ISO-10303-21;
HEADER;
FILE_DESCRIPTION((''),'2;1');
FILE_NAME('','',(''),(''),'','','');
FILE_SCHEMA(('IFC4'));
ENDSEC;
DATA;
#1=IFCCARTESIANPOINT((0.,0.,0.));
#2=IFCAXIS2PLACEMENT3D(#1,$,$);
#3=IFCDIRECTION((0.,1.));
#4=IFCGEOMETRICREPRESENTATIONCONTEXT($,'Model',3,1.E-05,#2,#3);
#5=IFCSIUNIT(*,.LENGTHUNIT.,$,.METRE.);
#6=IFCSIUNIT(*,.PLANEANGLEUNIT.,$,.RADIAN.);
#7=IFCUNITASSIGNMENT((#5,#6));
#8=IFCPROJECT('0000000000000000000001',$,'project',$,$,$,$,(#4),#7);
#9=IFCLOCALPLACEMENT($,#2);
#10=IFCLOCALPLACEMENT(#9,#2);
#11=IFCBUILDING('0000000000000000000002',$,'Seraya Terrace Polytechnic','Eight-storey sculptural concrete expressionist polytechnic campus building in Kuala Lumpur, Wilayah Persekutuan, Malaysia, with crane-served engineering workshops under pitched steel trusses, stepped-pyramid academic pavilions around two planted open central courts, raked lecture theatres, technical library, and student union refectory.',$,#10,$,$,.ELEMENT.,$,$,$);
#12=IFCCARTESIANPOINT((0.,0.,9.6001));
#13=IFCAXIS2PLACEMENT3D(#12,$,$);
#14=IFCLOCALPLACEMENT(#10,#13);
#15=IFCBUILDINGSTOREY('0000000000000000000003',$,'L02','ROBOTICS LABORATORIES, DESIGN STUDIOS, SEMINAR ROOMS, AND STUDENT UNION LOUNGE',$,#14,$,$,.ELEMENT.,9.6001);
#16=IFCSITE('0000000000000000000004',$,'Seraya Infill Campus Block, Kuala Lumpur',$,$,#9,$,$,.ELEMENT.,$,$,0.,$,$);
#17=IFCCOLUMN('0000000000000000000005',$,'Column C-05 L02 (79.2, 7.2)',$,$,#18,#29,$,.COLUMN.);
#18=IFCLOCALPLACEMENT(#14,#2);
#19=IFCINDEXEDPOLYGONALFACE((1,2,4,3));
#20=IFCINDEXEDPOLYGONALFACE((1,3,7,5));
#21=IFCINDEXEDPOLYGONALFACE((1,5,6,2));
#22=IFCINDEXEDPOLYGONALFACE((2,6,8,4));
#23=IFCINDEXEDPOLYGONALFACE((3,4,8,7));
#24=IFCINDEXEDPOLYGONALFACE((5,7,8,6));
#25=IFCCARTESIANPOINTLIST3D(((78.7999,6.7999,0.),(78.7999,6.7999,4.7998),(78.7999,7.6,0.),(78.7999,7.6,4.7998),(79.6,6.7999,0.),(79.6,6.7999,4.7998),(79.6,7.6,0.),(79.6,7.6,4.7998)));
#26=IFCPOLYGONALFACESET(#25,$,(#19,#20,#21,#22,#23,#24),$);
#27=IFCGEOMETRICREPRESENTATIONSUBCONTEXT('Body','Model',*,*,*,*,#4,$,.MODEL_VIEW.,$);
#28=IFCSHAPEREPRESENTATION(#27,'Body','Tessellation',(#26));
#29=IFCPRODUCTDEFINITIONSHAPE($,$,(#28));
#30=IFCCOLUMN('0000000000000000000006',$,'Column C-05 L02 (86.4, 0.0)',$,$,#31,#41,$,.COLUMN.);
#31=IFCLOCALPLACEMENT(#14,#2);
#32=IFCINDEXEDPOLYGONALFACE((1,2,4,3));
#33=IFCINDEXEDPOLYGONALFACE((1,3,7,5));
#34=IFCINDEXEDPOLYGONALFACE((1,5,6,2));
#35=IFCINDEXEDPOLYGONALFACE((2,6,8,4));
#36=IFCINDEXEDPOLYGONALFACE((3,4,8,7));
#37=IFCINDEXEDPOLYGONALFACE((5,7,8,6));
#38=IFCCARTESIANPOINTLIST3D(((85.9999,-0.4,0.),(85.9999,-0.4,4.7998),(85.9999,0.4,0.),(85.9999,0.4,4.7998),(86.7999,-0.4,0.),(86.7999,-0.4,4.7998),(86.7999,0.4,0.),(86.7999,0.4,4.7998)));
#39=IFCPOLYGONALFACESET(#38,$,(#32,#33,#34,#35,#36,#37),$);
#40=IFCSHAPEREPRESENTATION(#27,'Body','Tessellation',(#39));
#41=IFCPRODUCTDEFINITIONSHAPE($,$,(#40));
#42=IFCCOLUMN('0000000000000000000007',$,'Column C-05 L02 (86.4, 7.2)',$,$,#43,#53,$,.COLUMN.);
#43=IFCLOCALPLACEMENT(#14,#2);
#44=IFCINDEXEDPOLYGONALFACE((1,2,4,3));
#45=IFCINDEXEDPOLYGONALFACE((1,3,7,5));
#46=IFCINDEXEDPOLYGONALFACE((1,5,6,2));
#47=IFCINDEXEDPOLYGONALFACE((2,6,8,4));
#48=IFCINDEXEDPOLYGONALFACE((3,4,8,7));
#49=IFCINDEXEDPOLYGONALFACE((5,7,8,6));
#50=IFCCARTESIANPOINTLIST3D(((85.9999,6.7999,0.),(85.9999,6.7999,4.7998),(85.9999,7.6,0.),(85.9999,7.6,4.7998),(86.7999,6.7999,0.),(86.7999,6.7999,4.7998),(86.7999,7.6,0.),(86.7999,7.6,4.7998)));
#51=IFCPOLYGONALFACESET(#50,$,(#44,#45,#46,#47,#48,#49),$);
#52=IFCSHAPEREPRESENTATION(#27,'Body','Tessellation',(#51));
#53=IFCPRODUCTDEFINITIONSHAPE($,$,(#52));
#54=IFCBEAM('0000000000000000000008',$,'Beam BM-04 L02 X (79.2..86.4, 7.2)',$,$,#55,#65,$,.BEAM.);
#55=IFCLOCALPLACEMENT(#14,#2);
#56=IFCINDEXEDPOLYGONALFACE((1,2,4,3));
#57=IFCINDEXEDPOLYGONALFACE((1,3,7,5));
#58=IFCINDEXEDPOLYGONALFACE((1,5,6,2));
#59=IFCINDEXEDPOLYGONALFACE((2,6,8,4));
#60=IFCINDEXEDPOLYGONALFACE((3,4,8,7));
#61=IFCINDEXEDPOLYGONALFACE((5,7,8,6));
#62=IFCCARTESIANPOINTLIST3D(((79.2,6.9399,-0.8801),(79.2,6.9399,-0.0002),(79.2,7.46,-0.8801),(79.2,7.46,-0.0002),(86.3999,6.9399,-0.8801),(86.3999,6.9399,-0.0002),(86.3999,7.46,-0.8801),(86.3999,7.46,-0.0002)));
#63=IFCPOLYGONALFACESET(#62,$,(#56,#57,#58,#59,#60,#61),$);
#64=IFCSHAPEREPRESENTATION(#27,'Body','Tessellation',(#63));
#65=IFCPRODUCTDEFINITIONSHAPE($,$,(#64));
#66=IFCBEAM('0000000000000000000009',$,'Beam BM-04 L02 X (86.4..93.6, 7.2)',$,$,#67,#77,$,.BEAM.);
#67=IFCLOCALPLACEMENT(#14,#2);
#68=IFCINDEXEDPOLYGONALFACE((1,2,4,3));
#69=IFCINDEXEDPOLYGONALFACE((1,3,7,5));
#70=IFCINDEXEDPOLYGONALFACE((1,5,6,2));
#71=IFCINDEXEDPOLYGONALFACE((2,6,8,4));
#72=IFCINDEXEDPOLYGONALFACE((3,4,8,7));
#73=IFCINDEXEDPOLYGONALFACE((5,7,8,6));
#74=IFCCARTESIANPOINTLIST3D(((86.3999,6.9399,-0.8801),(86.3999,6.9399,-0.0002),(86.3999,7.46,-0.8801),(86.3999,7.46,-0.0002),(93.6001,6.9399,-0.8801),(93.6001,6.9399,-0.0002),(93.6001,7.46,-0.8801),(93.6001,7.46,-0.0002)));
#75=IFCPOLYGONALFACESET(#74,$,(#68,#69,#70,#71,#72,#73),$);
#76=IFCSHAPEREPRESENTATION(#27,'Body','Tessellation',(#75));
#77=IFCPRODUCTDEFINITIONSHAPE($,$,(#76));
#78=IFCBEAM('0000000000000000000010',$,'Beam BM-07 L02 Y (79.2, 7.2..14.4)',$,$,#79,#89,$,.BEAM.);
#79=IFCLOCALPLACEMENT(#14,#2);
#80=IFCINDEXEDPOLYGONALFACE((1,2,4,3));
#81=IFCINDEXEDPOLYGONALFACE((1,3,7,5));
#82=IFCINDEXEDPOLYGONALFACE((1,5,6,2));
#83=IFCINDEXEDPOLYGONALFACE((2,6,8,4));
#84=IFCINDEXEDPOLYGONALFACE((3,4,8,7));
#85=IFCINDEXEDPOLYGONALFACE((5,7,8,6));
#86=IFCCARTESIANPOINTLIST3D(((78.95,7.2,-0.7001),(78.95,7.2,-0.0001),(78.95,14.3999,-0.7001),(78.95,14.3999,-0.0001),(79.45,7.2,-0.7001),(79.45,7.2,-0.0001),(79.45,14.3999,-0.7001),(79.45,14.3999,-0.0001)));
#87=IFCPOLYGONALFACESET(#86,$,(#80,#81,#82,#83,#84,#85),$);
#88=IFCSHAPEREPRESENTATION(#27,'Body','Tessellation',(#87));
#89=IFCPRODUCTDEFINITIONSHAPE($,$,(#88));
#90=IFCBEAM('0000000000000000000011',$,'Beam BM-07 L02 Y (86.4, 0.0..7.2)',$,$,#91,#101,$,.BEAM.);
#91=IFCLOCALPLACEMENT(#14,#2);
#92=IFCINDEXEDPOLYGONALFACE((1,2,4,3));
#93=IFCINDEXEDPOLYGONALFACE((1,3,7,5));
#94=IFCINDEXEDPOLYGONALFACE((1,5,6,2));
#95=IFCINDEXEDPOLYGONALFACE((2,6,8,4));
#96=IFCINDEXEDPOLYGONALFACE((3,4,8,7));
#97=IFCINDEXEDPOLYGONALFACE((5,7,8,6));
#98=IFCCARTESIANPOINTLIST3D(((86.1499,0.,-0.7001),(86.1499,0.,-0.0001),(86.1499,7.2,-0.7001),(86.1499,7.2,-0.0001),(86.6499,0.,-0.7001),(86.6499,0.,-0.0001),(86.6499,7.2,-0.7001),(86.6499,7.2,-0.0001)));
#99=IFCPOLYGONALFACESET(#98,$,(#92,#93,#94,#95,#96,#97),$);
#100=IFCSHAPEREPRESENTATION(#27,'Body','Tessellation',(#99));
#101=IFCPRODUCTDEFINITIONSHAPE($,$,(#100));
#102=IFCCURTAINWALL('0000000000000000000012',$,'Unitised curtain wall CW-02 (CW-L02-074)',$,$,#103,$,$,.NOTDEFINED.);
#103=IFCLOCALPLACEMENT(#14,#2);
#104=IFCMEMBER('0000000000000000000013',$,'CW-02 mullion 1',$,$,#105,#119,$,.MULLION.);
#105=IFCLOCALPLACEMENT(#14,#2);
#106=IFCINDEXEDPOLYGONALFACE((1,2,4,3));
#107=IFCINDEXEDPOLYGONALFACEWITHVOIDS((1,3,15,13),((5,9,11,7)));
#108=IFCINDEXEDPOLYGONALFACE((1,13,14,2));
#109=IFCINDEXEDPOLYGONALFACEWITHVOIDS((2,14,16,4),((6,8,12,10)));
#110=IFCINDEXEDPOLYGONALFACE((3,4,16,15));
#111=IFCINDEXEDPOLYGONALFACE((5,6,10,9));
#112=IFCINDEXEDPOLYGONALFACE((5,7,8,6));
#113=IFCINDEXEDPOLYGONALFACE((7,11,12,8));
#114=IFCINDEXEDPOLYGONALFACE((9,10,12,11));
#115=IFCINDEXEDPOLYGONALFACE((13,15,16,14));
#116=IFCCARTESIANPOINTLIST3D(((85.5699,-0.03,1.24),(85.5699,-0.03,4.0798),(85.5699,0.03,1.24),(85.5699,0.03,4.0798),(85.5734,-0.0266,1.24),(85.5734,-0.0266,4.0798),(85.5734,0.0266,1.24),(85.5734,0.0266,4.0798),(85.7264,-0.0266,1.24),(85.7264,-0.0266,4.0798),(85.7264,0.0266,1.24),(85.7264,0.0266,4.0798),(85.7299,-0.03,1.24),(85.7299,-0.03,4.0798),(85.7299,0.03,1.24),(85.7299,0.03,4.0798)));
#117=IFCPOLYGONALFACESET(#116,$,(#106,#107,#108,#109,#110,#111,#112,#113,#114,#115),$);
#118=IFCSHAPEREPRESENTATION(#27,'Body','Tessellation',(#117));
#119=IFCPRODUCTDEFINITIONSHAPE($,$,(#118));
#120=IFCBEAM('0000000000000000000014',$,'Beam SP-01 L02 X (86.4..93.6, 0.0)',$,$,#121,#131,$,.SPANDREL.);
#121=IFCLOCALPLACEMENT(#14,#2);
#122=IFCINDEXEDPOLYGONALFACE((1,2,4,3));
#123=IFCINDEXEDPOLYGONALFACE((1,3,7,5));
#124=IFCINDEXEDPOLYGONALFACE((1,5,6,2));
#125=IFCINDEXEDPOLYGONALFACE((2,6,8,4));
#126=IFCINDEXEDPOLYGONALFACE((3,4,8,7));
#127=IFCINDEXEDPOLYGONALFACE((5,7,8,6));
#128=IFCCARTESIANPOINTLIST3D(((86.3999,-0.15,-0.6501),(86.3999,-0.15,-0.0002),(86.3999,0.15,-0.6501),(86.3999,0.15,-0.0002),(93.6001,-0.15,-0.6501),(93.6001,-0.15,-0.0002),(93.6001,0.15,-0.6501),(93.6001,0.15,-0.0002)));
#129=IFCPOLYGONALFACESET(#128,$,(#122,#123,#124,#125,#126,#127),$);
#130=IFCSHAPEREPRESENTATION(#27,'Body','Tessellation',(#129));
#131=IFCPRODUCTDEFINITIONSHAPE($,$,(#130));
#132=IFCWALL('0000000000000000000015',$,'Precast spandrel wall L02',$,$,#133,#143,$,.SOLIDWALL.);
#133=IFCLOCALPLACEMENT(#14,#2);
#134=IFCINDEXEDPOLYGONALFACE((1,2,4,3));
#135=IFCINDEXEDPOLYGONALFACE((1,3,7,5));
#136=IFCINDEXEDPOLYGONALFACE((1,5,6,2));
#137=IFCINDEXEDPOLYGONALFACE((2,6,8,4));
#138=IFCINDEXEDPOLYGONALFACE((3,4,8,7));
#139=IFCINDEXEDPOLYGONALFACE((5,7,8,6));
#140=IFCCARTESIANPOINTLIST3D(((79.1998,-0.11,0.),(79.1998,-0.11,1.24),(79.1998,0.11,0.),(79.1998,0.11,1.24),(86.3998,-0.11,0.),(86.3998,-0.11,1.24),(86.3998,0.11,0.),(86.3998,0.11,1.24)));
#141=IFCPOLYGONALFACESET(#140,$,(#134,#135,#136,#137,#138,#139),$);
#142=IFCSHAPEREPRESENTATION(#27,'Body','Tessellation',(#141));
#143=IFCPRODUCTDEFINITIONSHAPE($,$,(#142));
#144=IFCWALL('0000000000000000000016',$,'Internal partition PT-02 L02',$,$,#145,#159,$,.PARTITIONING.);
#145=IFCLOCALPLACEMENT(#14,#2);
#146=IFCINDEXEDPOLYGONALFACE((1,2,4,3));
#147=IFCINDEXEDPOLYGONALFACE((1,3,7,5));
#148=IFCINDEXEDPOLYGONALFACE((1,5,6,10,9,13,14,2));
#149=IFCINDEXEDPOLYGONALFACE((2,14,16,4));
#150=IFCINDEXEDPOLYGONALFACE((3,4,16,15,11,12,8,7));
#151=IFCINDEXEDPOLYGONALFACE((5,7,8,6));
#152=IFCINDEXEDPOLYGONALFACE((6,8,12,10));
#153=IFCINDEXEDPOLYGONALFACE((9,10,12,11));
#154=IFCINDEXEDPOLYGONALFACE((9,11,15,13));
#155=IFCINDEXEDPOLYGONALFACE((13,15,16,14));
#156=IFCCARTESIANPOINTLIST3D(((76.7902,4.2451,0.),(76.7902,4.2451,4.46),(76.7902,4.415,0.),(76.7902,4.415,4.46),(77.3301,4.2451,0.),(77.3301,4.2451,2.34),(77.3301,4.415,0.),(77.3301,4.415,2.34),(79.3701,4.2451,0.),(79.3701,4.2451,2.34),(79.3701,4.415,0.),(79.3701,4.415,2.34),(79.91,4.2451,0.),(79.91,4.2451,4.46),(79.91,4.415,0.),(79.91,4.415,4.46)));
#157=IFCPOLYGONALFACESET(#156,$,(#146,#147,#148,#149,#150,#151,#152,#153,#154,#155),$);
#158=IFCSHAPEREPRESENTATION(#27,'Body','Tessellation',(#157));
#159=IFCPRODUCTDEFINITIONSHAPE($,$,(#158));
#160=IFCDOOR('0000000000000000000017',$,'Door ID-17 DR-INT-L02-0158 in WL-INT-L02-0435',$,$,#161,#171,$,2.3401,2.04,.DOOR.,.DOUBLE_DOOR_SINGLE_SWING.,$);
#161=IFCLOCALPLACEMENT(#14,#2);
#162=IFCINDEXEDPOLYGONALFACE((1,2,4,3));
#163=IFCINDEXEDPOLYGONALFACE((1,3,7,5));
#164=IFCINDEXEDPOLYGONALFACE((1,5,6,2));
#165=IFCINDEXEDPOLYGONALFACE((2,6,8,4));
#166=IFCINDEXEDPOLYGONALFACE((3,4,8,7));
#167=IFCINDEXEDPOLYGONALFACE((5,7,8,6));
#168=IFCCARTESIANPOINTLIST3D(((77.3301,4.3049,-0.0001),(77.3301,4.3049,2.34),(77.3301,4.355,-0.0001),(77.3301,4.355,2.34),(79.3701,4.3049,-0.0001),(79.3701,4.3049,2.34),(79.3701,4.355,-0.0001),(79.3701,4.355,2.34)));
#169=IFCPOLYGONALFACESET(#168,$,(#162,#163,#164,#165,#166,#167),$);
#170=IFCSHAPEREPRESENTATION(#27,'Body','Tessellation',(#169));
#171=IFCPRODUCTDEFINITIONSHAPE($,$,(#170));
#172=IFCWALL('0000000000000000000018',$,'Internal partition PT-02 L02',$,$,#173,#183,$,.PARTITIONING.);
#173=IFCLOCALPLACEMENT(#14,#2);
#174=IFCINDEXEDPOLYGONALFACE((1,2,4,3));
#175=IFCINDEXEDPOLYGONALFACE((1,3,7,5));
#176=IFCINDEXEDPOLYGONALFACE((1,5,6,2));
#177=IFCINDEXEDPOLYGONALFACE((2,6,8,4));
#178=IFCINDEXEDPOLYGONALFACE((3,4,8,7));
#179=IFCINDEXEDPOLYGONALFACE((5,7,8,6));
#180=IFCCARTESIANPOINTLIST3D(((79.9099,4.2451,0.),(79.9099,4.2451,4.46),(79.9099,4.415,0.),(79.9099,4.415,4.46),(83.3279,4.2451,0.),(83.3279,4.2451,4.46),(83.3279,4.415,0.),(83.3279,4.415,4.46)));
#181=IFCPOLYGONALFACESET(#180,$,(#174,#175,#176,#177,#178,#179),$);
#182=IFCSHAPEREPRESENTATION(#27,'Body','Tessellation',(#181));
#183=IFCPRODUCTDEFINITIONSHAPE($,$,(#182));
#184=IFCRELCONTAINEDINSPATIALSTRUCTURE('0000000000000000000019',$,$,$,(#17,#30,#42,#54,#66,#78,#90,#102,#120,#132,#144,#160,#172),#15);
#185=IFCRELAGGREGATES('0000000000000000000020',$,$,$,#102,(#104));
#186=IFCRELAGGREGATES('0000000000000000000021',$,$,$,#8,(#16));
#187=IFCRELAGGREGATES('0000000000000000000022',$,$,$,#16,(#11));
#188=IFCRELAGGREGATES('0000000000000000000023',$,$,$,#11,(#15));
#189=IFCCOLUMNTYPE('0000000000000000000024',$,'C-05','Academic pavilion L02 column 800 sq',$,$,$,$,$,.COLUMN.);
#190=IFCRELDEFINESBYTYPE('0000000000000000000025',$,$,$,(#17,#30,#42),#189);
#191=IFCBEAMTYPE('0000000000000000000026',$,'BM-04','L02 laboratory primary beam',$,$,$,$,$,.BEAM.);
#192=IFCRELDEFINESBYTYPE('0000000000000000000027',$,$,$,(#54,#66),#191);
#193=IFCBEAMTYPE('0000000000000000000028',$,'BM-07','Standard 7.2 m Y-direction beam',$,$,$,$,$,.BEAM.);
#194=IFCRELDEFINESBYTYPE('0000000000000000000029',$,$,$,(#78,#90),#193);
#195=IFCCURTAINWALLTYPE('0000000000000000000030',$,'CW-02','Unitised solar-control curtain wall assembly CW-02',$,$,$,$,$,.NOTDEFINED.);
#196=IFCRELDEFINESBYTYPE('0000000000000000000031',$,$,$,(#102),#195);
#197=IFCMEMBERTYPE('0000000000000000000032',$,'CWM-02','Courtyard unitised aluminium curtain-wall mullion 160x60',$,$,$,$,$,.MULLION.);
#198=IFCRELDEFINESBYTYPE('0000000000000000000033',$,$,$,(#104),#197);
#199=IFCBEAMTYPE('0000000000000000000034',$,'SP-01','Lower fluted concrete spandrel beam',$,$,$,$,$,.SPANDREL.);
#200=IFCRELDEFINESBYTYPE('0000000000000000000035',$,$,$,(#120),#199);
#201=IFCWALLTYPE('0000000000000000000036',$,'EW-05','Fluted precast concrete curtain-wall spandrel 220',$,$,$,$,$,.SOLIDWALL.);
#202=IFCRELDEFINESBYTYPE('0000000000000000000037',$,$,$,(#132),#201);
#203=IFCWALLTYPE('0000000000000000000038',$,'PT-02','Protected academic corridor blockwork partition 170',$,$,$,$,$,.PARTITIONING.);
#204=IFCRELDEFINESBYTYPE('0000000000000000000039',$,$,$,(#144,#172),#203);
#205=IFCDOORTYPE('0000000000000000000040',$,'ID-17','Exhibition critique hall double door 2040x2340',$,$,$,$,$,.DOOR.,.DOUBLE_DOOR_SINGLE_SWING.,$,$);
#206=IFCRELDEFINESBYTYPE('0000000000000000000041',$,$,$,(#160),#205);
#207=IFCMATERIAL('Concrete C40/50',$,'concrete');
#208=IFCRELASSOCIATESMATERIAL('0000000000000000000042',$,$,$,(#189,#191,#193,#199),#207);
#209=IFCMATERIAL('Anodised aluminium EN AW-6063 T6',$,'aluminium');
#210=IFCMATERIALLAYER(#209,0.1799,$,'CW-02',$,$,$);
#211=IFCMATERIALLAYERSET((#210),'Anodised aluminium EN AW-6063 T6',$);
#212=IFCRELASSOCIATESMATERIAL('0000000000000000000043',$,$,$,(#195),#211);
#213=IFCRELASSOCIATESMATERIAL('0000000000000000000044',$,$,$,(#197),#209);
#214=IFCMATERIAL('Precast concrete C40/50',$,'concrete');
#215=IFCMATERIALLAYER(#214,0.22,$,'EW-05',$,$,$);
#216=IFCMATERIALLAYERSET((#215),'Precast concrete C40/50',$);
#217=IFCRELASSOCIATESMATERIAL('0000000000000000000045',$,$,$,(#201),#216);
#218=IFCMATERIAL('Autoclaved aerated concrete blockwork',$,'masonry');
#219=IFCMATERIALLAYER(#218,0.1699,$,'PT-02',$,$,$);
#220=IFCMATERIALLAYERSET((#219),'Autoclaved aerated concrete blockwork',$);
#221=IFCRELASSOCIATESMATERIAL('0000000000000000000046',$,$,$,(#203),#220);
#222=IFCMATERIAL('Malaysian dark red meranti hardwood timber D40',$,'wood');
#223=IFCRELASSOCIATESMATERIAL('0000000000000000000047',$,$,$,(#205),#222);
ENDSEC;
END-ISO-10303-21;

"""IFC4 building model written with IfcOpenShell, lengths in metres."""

from ifc_helpers import new_model, si_unit, direction, frame, frame_2d, origin, origin_2d, place, context, subcontext, project, spatial, rectangle, hollow_rectangle, extrude, material, layer, layer_set, material_profile, profile_set, type_object, element, fill, aggregate, save


model = new_model("IFC4")

# Units and contexts
model_context = context("Model", 3, precision=1e-05, world=origin(), true_north=direction((0.0, 1.0)))
body_context = subcontext(model_context, "Body", "Model", "MODEL_VIEW")
ifc_project = project(units=[si_unit("LENGTHUNIT", "METRE"), si_unit("PLANEANGLEUNIT", "RADIAN")], contexts=[model_context])

# Site, building, storey
site_placement = place(None, origin())
site = spatial("IfcSite", under=ifc_project, at=site_placement, Name="Seraya Infill Campus Block, Kuala Lumpur", CompositionType="ELEMENT", RefElevation=0.0)
building_placement = place(site_placement, origin())
building = spatial("IfcBuilding", under=site, at=building_placement, Name="Seraya Terrace Polytechnic", Description="Eight-storey sculptural concrete expressionist polytechnic campus building in Kuala Lumpur, Wilayah Persekutuan, Malaysia, with crane-served engineering workshops under pitched steel trusses, stepped-pyramid academic pavilions around two planted open central courts, raked lecture theatres, technical library, and student union refectory.", CompositionType="ELEMENT")
storey_placement = place(building_placement, frame((0.0, 0.0, 9.6001)))
storey = spatial("IfcBuildingStorey", under=building, at=storey_placement, Name="L02", Description="ROBOTICS LABORATORIES, DESIGN STUDIOS, SEMINAR ROOMS, AND STUDENT UNION LOUNGE", CompositionType="ELEMENT", Elevation=9.6001)

# Columns
ifc_material_1 = material(Name="Concrete C40/50", Category="concrete")
ifc_material_profile_1 = material_profile(ifc_material_1, rectangle(XDim=0.8, YDim=0.8, at=origin_2d()), Name="RC 800x800")
ifc_profile_set_1 = profile_set([ifc_material_profile_1], Name="Concrete C40/50")
column_type = type_object("IfcColumnType", Name="C-05", Description="Academic pavilion L02 column 800 sq", PredefinedType="COLUMN", material=ifc_profile_set_1)
for number, where, z_axis, x_axis, name in (
    (1, (79.2, 7.2, 0.0), (0.0, 0.0, 1.0), (1.0, 0.0, 0.0), "Column C-05 L02 (79.2, 7.2)"),
    (2, (86.3999, 0.0, 0.0), (0.0, 0.0, 1.0), (1.0, 0.0, 0.0), "Column C-05 L02 (86.4, 0.0)"),
    (3, (86.3999, 7.2, 0.0), (0.0, 0.0, 1.0), (1.0, 0.0, 0.0), "Column C-05 L02 (86.4, 7.2)"),
):
    element("IfcColumn", number, at=place(storey_placement, frame(where, z_axis=z_axis, x_axis=x_axis)), inside=storey, type_object=column_type, Name=name, PredefinedType="COLUMN", context=body_context, shape_type="SweptSolid", body=[
        extrude(rectangle(XDim=0.8, YDim=0.8, at=origin_2d()), origin(), (0.0, 0.0, 1.0), 4.7998),
    ])

# Beams
ifc_material_profile_2 = material_profile(ifc_material_1, rectangle(XDim=0.52, YDim=0.8799, at=origin_2d()), Name="RC 520x880")
ifc_profile_set_2 = profile_set([ifc_material_profile_2], Name="Concrete C40/50")
beam_type_1 = type_object("IfcBeamType", Name="BM-04", Description="L02 laboratory primary beam", PredefinedType="BEAM", material=ifc_profile_set_2)
beam_1_placement = place(storey_placement, frame((79.2, 7.2, -0.4402), z_axis=(1.0, 0.0, 0.0), x_axis=(0.0, 1.0, 0.0)))
element("IfcBeam", 4, at=beam_1_placement, inside=storey, type_object=beam_type_1, Name="Beam BM-04 L02 X (79.2..86.4, 7.2)", PredefinedType="BEAM", context=body_context, shape_type="SweptSolid", body=[
    extrude(rectangle(XDim=0.52, YDim=0.8799, at=origin_2d()), origin(), (0.0, 0.0, 1.0), 7.2),
])
beam_2_placement = place(storey_placement, frame((86.3999, 7.2, -0.4402), z_axis=(1.0, 0.0, 0.0), x_axis=(0.0, 1.0, 0.0)))
element("IfcBeam", 5, at=beam_2_placement, inside=storey, type_object=beam_type_1, Name="Beam BM-04 L02 X (86.4..93.6, 7.2)", PredefinedType="BEAM", context=body_context, shape_type="SweptSolid", body=[
    extrude(rectangle(XDim=0.52, YDim=0.8799, at=origin_2d()), origin(), (0.0, 0.0, 1.0), 7.2002),
])
ifc_material_profile_3 = material_profile(ifc_material_1, rectangle(XDim=0.5, YDim=0.7, at=origin_2d()), Name="RC 500x700")
ifc_profile_set_3 = profile_set([ifc_material_profile_3], Name="Concrete C40/50")
beam_type_2 = type_object("IfcBeamType", Name="BM-07", Description="Standard 7.2 m Y-direction beam", PredefinedType="BEAM", material=ifc_profile_set_3)
for number, where, z_axis, x_axis, name in (
    (6, (79.2, 7.2, -0.3501), (0.0, 1.0, 0.0), (-1.0, 0.0, 0.0), "Beam BM-07 L02 Y (79.2, 7.2..14.4)"),
    (7, (86.3999, 0.0, -0.3501), (0.0, 1.0, 0.0), (-1.0, 0.0, 0.0), "Beam BM-07 L02 Y (86.4, 0.0..7.2)"),
):
    element("IfcBeam", number, at=place(storey_placement, frame(where, z_axis=z_axis, x_axis=x_axis)), inside=storey, type_object=beam_type_2, Name=name, PredefinedType="BEAM", context=body_context, shape_type="SweptSolid", body=[
        extrude(rectangle(XDim=0.5, YDim=0.7, at=origin_2d()), origin(), (0.0, 0.0, 1.0), 7.2),
    ])

# Curtain wall, member
ifc_material_2 = material(Name="Anodised aluminium EN AW-6063 T6", Category="aluminium")
ifc_layer_1 = layer(ifc_material_2, 0.1799, Name="CW-02")
ifc_layer_set_1 = layer_set([ifc_layer_1], Name="Anodised aluminium EN AW-6063 T6")
curtain_wall_type = type_object("IfcCurtainWallType", Name="CW-02", Description="Unitised solar-control curtain wall assembly CW-02", PredefinedType="NOTDEFINED", material=ifc_layer_set_1)
curtain_wall_placement = place(storey_placement, origin())
curtain_wall = element("IfcCurtainWall", 8, at=curtain_wall_placement, inside=storey, type_object=curtain_wall_type, Name="Unitised curtain wall CW-02 (CW-L02-074)", PredefinedType="NOTDEFINED")
ifc_material_profile_4 = material_profile(ifc_material_2, hollow_rectangle(XDim=0.0601, YDim=0.1599, WallThickness=0.0034, at=origin_2d()), Name="RHS 160x60x3.5")
ifc_profile_set_4 = profile_set([ifc_material_profile_4], Name="Anodised aluminium EN AW-6063 T6")
member_type = type_object("IfcMemberType", Name="CWM-02", Description="Courtyard unitised aluminium curtain-wall mullion 160x60", PredefinedType="MULLION", material=ifc_profile_set_4)
member_placement = place(storey_placement, frame((85.6499, 0.0, 1.24), z_axis=(0.0, 0.0, 1.0), x_axis=(0.0, -1.0, 0.0)))
member = element("IfcMember", 9, at=member_placement, type_object=member_type, Name="CW-02 mullion 1", PredefinedType="MULLION", context=body_context, shape_type="SweptSolid", body=[
    extrude(hollow_rectangle(XDim=0.0601, YDim=0.1599, WallThickness=0.0034, at=origin_2d()), origin(), (0.0, 0.0, 1.0), 2.8398),
])
aggregate(curtain_wall, [member])

# Beam
ifc_material_profile_5 = material_profile(ifc_material_1, rectangle(XDim=0.3, YDim=0.6499, at=origin_2d()), Name="RC 300x650")
ifc_profile_set_5 = profile_set([ifc_material_profile_5], Name="Concrete C40/50")
beam_type_3 = type_object("IfcBeamType", Name="SP-01", Description="Lower fluted concrete spandrel beam", PredefinedType="SPANDREL", material=ifc_profile_set_5)
beam_3_placement = place(storey_placement, frame((86.3999, 0.0, -0.3252), z_axis=(1.0, 0.0, 0.0), x_axis=(0.0, 1.0, 0.0)))
element("IfcBeam", 10, at=beam_3_placement, inside=storey, type_object=beam_type_3, Name="Beam SP-01 L02 X (86.4..93.6, 0.0)", PredefinedType="SPANDREL", context=body_context, shape_type="SweptSolid", body=[
    extrude(rectangle(XDim=0.3, YDim=0.6499, at=origin_2d()), origin(), (0.0, 0.0, 1.0), 7.2002),
])

# Wall
ifc_material_3 = material(Name="Precast concrete C40/50", Category="concrete")
ifc_layer_2 = layer(ifc_material_3, 0.22, Name="EW-05")
ifc_layer_set_2 = layer_set([ifc_layer_2], Name="Precast concrete C40/50")
wall_type_1 = type_object("IfcWallType", Name="EW-05", Description="Fluted precast concrete curtain-wall spandrel 220", PredefinedType="SOLIDWALL", material=ifc_layer_set_2)
wall_1_placement = place(storey_placement, frame((86.3999, 0.0, 0.0), z_axis=(0.0, 0.0, 1.0), x_axis=(-1.0, 0.0, 0.0)))
element("IfcWall", 11, at=wall_1_placement, inside=storey, type_object=wall_type_1, Name="Precast spandrel wall L02", PredefinedType="SOLIDWALL", context=body_context, shape_type="SweptSolid", body=[
    extrude(rectangle(XDim=7.2, YDim=0.22, at=frame_2d((3.6001, 0.0))), origin(), (0.0, 0.0, 1.0), 1.24),
])

# Wall, opening, door
ifc_material_4 = material(Name="Autoclaved aerated concrete blockwork", Category="masonry")
ifc_layer_3 = layer(ifc_material_4, 0.1699, Name="PT-02")
ifc_layer_set_3 = layer_set([ifc_layer_3], Name="Autoclaved aerated concrete blockwork")
wall_type_2 = type_object("IfcWallType", Name="PT-02", Description="Protected academic corridor blockwork partition 170", PredefinedType="PARTITIONING", material=ifc_layer_set_3)
wall_2_placement = place(storey_placement, frame((76.79, 4.3301, 0.0), z_axis=(0.0, 0.0, 1.0), x_axis=(1.0, 0.0, 0.0)))
wall_2 = element("IfcWall", 12, at=wall_2_placement, inside=storey, type_object=wall_type_2, Name="Internal partition PT-02 L02", PredefinedType="PARTITIONING", context=body_context, shape_type="SweptSolid", body=[
    extrude(rectangle(XDim=3.1199, YDim=0.1699, at=frame_2d((1.5601, 0.0))), origin(), (0.0, 0.0, 1.0), 4.46),
])
opening_1_placement = place(wall_2_placement, frame((0.54, 0.0, 0.0)))
opening_1 = element("IfcOpeningElement", 13, at=opening_1_placement, cuts=wall_2, PredefinedType="OPENING", context=body_context, shape_type="SweptSolid", body=[
    extrude(rectangle(XDim=2.04, YDim=2.3401, at=frame_2d((1.02, 1.1699))), frame((0.0, 0.0969, 0.0), z_axis=(0.0, -1.0, 0.0), x_axis=(1.0, 0.0, 0.0)), (0.0, 0.0, 1.0), 0.1938),
])
ifc_material_5 = material(Name="Malaysian dark red meranti hardwood timber D40", Category="wood")
door_type_1 = type_object("IfcDoorType", Name="ID-17", Description="Exhibition critique hall double door 2040x2340", OperationType="DOUBLE_DOOR_SINGLE_SWING", PredefinedType="DOOR", material=ifc_material_5)
door_1_placement = place(opening_1_placement, origin())
door_1 = element("IfcDoor", 14, at=door_1_placement, inside=storey, type_object=door_type_1, Name="Door ID-17 DR-INT-L02-0158 in WL-INT-L02-0435", OperationType="DOUBLE_DOOR_SINGLE_SWING", OverallHeight=2.3401, OverallWidth=2.04, PredefinedType="DOOR", context=body_context, shape_type="SweptSolid", body=[
    extrude(rectangle(XDim=2.04, YDim=2.3401, at=frame_2d((1.02, 1.1699))), frame((0.0, 0.0249, 0.0), z_axis=(0.0, -1.0, 0.0), x_axis=(1.0, 0.0, 0.0)), (0.0, 0.0, 1.0), 0.05),
])
fill(opening_1, door_1)

# Wall
wall_3_placement = place(storey_placement, frame((79.9099, 4.3301, 0.0), z_axis=(0.0, 0.0, 1.0), x_axis=(1.0, 0.0, 0.0)))
element("IfcWall", 15, at=wall_3_placement, inside=storey, type_object=wall_type_2, Name="Internal partition PT-02 L02", PredefinedType="PARTITIONING", context=body_context, shape_type="SweptSolid", body=[
    extrude(rectangle(XDim=3.418, YDim=0.1699, at=frame_2d((1.709, 0.0))), origin(), (0.0, 0.0, 1.0), 4.46),
])

save(model, "model.ifc")
